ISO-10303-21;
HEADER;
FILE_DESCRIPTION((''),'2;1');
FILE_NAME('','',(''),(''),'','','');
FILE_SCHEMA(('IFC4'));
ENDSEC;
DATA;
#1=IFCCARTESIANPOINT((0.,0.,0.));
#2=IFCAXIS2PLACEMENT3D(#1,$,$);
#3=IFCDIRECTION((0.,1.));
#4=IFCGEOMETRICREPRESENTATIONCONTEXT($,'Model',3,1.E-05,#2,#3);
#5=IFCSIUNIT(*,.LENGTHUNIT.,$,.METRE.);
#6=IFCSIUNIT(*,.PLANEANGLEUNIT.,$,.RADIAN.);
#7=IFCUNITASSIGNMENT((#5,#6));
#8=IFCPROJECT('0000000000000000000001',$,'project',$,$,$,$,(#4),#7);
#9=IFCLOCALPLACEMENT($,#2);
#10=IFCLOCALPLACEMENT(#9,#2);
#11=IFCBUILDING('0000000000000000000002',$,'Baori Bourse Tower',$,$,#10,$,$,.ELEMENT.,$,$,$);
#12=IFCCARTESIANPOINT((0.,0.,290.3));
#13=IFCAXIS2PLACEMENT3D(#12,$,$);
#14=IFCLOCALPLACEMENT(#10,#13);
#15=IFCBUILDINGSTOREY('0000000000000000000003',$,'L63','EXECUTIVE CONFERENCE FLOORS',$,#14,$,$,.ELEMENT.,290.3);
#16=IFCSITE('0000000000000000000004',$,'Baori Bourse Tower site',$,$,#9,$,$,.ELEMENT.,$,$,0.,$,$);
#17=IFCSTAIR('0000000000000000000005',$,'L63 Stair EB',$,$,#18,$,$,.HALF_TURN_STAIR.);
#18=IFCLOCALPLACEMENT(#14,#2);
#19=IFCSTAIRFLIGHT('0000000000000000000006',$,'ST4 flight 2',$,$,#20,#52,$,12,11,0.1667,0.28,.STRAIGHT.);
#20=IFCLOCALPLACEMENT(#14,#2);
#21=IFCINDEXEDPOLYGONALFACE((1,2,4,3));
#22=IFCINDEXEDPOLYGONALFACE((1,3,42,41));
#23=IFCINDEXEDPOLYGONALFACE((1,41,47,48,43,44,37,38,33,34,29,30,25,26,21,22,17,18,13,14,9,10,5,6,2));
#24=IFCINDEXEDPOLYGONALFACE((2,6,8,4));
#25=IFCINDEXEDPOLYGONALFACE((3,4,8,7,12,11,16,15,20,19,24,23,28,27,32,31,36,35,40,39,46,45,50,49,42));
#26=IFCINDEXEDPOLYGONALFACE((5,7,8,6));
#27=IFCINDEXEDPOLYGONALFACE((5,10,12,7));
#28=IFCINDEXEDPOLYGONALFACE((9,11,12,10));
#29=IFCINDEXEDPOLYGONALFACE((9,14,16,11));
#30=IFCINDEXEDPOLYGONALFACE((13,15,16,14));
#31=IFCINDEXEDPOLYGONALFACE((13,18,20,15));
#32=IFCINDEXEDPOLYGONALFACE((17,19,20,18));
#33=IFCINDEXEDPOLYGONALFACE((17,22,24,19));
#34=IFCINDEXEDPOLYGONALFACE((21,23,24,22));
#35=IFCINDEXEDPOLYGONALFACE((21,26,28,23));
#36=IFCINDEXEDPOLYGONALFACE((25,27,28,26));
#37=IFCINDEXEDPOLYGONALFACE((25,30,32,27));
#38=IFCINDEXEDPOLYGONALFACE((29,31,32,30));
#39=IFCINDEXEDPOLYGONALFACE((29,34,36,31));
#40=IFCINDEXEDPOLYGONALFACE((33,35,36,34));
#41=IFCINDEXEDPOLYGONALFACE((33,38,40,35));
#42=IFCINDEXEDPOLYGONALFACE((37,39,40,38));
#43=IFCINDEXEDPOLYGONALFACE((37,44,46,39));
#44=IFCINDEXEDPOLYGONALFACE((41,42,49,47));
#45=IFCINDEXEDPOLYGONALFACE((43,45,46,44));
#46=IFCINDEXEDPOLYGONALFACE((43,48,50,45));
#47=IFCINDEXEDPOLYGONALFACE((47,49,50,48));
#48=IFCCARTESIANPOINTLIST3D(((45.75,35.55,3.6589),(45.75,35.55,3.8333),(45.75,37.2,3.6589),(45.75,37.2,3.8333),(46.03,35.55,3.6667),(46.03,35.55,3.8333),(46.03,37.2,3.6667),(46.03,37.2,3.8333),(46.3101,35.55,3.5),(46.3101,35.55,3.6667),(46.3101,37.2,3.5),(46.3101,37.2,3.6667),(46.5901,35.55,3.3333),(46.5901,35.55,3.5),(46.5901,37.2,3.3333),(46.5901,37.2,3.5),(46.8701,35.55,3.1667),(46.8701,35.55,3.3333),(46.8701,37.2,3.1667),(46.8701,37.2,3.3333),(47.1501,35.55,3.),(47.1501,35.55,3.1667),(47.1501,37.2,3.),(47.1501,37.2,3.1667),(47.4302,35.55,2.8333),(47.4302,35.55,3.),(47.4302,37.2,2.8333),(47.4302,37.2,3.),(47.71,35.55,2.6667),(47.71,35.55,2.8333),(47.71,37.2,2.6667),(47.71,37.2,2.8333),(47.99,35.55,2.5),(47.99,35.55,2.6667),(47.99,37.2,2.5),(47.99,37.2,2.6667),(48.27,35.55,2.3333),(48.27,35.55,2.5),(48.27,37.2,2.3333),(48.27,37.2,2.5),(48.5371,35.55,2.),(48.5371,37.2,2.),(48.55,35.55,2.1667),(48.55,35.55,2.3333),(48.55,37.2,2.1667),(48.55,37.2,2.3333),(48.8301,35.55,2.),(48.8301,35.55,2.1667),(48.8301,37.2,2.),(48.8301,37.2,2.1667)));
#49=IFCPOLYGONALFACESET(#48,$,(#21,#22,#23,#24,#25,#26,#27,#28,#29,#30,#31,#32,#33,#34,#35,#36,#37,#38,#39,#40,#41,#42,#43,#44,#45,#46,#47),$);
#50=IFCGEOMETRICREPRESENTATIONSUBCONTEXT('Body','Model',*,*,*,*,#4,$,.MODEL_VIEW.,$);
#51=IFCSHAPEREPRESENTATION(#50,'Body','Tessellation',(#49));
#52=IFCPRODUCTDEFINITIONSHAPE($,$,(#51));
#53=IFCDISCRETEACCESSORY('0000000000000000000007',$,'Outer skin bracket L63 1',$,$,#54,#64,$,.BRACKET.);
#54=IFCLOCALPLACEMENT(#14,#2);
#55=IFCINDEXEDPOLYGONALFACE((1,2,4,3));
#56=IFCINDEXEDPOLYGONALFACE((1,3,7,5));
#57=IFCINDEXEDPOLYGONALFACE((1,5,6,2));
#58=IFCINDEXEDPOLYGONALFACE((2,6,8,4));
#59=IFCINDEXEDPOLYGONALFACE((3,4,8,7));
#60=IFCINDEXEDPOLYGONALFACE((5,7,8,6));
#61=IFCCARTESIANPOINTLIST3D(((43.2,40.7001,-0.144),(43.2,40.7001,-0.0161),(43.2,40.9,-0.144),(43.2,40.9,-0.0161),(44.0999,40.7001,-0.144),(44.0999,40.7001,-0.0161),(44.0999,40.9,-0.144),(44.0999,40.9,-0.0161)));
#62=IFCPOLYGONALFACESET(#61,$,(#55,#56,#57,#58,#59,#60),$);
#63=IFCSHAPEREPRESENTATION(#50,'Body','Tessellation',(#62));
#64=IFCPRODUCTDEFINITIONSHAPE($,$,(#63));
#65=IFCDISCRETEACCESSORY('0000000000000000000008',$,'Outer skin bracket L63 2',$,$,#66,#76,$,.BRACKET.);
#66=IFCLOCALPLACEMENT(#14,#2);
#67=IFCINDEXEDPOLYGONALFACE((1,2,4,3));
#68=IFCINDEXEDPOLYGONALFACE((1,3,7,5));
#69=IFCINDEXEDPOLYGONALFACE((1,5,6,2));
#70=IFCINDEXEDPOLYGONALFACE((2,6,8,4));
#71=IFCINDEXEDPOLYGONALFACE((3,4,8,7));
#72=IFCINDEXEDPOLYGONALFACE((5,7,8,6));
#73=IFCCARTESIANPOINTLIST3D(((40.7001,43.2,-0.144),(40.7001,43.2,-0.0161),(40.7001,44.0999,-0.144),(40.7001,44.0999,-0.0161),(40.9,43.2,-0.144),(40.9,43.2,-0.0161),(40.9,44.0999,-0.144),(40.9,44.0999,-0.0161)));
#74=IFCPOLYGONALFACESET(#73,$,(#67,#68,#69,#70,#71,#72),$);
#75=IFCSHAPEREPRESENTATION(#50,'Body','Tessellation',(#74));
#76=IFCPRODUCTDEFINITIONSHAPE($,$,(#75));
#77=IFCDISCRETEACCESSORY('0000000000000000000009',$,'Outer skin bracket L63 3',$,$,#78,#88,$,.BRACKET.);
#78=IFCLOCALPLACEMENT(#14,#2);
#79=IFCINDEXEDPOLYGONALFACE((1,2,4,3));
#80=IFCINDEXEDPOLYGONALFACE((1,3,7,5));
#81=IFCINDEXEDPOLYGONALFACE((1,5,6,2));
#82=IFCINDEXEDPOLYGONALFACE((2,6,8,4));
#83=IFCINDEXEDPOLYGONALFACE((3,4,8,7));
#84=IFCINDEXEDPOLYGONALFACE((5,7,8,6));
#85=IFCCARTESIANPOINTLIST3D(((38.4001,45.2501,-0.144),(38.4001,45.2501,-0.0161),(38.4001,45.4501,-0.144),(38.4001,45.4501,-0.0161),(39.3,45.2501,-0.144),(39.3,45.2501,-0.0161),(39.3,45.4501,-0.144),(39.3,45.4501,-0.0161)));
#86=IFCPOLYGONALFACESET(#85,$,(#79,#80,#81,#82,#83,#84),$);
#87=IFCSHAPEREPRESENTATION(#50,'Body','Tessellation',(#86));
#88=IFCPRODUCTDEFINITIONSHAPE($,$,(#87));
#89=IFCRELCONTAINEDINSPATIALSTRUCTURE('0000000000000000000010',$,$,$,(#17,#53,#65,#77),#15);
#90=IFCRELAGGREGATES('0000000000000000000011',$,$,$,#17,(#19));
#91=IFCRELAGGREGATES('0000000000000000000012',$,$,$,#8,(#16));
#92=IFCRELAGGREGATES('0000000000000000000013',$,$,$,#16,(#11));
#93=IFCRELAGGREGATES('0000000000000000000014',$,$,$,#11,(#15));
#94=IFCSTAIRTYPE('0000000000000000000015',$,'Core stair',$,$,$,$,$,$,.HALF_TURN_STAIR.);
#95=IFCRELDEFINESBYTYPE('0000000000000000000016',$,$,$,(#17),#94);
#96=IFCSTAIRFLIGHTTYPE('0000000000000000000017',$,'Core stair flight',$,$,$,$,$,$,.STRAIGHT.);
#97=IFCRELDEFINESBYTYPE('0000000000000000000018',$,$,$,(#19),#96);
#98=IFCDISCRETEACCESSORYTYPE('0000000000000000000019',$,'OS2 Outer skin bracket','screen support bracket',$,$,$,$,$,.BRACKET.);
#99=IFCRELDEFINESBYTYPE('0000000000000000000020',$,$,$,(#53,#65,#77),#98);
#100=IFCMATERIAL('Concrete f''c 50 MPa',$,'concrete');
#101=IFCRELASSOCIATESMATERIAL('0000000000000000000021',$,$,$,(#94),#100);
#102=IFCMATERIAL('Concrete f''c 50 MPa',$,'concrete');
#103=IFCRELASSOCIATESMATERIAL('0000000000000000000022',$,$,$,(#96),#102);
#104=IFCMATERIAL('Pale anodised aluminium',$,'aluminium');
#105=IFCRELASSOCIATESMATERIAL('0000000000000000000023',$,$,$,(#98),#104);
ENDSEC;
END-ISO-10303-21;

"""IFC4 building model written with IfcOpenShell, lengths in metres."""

from ifc_helpers import new_model, si_unit, direction, frame, origin, origin_2d, place, context, subcontext, project, spatial, polyline, rectangle, outline, extrude, material, type_object, element, aggregate, save


model = new_model("IFC4")

# Units and contexts
model_context = context("Model", 3, precision=1e-05, world=origin(), true_north=direction((0.0, 1.0)))
body_context = subcontext(model_context, "Body", "Model", "MODEL_VIEW")
ifc_project = project(units=[si_unit("LENGTHUNIT", "METRE"), si_unit("PLANEANGLEUNIT", "RADIAN")], contexts=[model_context])

# Site, building, storey
site_placement = place(None, origin())
site = spatial("IfcSite", under=ifc_project, at=site_placement, Name="Baori Bourse Tower site", CompositionType="ELEMENT", RefElevation=0.0)
building_placement = place(site_placement, origin())
building = spatial("IfcBuilding", under=site, at=building_placement, Name="Baori Bourse Tower", CompositionType="ELEMENT")
storey_placement = place(building_placement, frame((0.0, 0.0, 290.3)))
storey = spatial("IfcBuildingStorey", under=building, at=storey_placement, Name="L63", Description="EXECUTIVE CONFERENCE FLOORS", CompositionType="ELEMENT", Elevation=290.3)

# Stair, stair flight
ifc_material_1 = material(Name="Concrete f'c 50 MPa", Category="concrete")
stair_type = type_object("IfcStairType", Name="Core stair", PredefinedType="HALF_TURN_STAIR", material=ifc_material_1)
stair_placement = place(storey_placement, origin())
stair = element("IfcStair", 1, at=stair_placement, inside=storey, type_object=stair_type, Name="L63 Stair EB", PredefinedType="HALF_TURN_STAIR")
ifc_material_2 = material(Name="Concrete f'c 50 MPa", Category="concrete")
stair_flight_type = type_object("IfcStairFlightType", Name="Core stair flight", PredefinedType="STRAIGHT", material=ifc_material_2)
stair_flight_placement = place(storey_placement, frame((48.8301, 36.375, 2.0), z_axis=(0.0, 0.0, 1.0), x_axis=(-1.0, 0.0, 0.0)))
stair_flight = element("IfcStairFlight", 2, at=stair_flight_placement, type_object=stair_flight_type, Name="ST4 flight 2", NumberOfRisers=12, NumberOfTreads=11, PredefinedType="STRAIGHT", RiserHeight=0.1667, TreadLength=0.28, context=body_context, shape_type="SweptSolid", body=[
    extrude(outline(polyline([(0.0, 0.0), (0.0, 0.1667), (0.28, 0.1667), (0.28, 0.3333), (0.5601, 0.3333), (0.5601, 0.5), (0.8401, 0.5), (0.8401, 0.6667), (1.1201, 0.6667), (1.1201, 0.8333), (1.3999, 0.8333), (1.3999, 1.0), (1.6799, 1.0), (1.6799, 1.1667), (1.96, 1.1667), (1.96, 1.3333), (2.24, 1.3333), (2.24, 1.5), (2.52, 1.5), (2.52, 1.6667), (2.8, 1.6667), (2.8, 1.8333), (3.0801, 1.8333), (3.0801, 2.0), (3.0801, 1.6589), (0.293, 0.0), (0.0, 0.0)])), frame((0.0, 0.825, 0.0), z_axis=(0.0, -1.0, 0.0), x_axis=(1.0, 0.0, 0.0)), (0.0, 0.0, 1.0), 1.6499),
])
aggregate(stair, [stair_flight])

# Discrete accessories
ifc_material_3 = material(Name="Pale anodised aluminium", Category="aluminium")
discrete_accessory_type = type_object("IfcDiscreteAccessoryType", Name="OS2 Outer skin bracket", Description="screen support bracket", PredefinedType="BRACKET", material=ifc_material_3)
for number, where, z_axis, x_axis, name in (
    (3, (43.6499, 40.8, -0.144), (0.0, 0.0, 1.0), (0.0, 1.0, 0.0), "Outer skin bracket L63 1"),
    (4, (40.8, 43.6499, -0.144), (0.0, 0.0, 1.0), (-1.0, 0.0, 0.0), "Outer skin bracket L63 2"),
    (5, (38.8501, 45.3501, -0.144), (0.0, 0.0, 1.0), (0.0, 1.0, 0.0), "Outer skin bracket L63 3"),
):
    element("IfcDiscreteAccessory", number, at=place(storey_placement, frame(where, z_axis=z_axis, x_axis=x_axis)), inside=storey, type_object=discrete_accessory_type, Name=name, PredefinedType="BRACKET", context=body_context, shape_type="SweptSolid", body=[
        extrude(rectangle(XDim=0.2, YDim=0.8999, at=origin_2d()), origin(), (0.0, 0.0, 1.0), 0.1279),
    ])

save(model, "model.ifc")
